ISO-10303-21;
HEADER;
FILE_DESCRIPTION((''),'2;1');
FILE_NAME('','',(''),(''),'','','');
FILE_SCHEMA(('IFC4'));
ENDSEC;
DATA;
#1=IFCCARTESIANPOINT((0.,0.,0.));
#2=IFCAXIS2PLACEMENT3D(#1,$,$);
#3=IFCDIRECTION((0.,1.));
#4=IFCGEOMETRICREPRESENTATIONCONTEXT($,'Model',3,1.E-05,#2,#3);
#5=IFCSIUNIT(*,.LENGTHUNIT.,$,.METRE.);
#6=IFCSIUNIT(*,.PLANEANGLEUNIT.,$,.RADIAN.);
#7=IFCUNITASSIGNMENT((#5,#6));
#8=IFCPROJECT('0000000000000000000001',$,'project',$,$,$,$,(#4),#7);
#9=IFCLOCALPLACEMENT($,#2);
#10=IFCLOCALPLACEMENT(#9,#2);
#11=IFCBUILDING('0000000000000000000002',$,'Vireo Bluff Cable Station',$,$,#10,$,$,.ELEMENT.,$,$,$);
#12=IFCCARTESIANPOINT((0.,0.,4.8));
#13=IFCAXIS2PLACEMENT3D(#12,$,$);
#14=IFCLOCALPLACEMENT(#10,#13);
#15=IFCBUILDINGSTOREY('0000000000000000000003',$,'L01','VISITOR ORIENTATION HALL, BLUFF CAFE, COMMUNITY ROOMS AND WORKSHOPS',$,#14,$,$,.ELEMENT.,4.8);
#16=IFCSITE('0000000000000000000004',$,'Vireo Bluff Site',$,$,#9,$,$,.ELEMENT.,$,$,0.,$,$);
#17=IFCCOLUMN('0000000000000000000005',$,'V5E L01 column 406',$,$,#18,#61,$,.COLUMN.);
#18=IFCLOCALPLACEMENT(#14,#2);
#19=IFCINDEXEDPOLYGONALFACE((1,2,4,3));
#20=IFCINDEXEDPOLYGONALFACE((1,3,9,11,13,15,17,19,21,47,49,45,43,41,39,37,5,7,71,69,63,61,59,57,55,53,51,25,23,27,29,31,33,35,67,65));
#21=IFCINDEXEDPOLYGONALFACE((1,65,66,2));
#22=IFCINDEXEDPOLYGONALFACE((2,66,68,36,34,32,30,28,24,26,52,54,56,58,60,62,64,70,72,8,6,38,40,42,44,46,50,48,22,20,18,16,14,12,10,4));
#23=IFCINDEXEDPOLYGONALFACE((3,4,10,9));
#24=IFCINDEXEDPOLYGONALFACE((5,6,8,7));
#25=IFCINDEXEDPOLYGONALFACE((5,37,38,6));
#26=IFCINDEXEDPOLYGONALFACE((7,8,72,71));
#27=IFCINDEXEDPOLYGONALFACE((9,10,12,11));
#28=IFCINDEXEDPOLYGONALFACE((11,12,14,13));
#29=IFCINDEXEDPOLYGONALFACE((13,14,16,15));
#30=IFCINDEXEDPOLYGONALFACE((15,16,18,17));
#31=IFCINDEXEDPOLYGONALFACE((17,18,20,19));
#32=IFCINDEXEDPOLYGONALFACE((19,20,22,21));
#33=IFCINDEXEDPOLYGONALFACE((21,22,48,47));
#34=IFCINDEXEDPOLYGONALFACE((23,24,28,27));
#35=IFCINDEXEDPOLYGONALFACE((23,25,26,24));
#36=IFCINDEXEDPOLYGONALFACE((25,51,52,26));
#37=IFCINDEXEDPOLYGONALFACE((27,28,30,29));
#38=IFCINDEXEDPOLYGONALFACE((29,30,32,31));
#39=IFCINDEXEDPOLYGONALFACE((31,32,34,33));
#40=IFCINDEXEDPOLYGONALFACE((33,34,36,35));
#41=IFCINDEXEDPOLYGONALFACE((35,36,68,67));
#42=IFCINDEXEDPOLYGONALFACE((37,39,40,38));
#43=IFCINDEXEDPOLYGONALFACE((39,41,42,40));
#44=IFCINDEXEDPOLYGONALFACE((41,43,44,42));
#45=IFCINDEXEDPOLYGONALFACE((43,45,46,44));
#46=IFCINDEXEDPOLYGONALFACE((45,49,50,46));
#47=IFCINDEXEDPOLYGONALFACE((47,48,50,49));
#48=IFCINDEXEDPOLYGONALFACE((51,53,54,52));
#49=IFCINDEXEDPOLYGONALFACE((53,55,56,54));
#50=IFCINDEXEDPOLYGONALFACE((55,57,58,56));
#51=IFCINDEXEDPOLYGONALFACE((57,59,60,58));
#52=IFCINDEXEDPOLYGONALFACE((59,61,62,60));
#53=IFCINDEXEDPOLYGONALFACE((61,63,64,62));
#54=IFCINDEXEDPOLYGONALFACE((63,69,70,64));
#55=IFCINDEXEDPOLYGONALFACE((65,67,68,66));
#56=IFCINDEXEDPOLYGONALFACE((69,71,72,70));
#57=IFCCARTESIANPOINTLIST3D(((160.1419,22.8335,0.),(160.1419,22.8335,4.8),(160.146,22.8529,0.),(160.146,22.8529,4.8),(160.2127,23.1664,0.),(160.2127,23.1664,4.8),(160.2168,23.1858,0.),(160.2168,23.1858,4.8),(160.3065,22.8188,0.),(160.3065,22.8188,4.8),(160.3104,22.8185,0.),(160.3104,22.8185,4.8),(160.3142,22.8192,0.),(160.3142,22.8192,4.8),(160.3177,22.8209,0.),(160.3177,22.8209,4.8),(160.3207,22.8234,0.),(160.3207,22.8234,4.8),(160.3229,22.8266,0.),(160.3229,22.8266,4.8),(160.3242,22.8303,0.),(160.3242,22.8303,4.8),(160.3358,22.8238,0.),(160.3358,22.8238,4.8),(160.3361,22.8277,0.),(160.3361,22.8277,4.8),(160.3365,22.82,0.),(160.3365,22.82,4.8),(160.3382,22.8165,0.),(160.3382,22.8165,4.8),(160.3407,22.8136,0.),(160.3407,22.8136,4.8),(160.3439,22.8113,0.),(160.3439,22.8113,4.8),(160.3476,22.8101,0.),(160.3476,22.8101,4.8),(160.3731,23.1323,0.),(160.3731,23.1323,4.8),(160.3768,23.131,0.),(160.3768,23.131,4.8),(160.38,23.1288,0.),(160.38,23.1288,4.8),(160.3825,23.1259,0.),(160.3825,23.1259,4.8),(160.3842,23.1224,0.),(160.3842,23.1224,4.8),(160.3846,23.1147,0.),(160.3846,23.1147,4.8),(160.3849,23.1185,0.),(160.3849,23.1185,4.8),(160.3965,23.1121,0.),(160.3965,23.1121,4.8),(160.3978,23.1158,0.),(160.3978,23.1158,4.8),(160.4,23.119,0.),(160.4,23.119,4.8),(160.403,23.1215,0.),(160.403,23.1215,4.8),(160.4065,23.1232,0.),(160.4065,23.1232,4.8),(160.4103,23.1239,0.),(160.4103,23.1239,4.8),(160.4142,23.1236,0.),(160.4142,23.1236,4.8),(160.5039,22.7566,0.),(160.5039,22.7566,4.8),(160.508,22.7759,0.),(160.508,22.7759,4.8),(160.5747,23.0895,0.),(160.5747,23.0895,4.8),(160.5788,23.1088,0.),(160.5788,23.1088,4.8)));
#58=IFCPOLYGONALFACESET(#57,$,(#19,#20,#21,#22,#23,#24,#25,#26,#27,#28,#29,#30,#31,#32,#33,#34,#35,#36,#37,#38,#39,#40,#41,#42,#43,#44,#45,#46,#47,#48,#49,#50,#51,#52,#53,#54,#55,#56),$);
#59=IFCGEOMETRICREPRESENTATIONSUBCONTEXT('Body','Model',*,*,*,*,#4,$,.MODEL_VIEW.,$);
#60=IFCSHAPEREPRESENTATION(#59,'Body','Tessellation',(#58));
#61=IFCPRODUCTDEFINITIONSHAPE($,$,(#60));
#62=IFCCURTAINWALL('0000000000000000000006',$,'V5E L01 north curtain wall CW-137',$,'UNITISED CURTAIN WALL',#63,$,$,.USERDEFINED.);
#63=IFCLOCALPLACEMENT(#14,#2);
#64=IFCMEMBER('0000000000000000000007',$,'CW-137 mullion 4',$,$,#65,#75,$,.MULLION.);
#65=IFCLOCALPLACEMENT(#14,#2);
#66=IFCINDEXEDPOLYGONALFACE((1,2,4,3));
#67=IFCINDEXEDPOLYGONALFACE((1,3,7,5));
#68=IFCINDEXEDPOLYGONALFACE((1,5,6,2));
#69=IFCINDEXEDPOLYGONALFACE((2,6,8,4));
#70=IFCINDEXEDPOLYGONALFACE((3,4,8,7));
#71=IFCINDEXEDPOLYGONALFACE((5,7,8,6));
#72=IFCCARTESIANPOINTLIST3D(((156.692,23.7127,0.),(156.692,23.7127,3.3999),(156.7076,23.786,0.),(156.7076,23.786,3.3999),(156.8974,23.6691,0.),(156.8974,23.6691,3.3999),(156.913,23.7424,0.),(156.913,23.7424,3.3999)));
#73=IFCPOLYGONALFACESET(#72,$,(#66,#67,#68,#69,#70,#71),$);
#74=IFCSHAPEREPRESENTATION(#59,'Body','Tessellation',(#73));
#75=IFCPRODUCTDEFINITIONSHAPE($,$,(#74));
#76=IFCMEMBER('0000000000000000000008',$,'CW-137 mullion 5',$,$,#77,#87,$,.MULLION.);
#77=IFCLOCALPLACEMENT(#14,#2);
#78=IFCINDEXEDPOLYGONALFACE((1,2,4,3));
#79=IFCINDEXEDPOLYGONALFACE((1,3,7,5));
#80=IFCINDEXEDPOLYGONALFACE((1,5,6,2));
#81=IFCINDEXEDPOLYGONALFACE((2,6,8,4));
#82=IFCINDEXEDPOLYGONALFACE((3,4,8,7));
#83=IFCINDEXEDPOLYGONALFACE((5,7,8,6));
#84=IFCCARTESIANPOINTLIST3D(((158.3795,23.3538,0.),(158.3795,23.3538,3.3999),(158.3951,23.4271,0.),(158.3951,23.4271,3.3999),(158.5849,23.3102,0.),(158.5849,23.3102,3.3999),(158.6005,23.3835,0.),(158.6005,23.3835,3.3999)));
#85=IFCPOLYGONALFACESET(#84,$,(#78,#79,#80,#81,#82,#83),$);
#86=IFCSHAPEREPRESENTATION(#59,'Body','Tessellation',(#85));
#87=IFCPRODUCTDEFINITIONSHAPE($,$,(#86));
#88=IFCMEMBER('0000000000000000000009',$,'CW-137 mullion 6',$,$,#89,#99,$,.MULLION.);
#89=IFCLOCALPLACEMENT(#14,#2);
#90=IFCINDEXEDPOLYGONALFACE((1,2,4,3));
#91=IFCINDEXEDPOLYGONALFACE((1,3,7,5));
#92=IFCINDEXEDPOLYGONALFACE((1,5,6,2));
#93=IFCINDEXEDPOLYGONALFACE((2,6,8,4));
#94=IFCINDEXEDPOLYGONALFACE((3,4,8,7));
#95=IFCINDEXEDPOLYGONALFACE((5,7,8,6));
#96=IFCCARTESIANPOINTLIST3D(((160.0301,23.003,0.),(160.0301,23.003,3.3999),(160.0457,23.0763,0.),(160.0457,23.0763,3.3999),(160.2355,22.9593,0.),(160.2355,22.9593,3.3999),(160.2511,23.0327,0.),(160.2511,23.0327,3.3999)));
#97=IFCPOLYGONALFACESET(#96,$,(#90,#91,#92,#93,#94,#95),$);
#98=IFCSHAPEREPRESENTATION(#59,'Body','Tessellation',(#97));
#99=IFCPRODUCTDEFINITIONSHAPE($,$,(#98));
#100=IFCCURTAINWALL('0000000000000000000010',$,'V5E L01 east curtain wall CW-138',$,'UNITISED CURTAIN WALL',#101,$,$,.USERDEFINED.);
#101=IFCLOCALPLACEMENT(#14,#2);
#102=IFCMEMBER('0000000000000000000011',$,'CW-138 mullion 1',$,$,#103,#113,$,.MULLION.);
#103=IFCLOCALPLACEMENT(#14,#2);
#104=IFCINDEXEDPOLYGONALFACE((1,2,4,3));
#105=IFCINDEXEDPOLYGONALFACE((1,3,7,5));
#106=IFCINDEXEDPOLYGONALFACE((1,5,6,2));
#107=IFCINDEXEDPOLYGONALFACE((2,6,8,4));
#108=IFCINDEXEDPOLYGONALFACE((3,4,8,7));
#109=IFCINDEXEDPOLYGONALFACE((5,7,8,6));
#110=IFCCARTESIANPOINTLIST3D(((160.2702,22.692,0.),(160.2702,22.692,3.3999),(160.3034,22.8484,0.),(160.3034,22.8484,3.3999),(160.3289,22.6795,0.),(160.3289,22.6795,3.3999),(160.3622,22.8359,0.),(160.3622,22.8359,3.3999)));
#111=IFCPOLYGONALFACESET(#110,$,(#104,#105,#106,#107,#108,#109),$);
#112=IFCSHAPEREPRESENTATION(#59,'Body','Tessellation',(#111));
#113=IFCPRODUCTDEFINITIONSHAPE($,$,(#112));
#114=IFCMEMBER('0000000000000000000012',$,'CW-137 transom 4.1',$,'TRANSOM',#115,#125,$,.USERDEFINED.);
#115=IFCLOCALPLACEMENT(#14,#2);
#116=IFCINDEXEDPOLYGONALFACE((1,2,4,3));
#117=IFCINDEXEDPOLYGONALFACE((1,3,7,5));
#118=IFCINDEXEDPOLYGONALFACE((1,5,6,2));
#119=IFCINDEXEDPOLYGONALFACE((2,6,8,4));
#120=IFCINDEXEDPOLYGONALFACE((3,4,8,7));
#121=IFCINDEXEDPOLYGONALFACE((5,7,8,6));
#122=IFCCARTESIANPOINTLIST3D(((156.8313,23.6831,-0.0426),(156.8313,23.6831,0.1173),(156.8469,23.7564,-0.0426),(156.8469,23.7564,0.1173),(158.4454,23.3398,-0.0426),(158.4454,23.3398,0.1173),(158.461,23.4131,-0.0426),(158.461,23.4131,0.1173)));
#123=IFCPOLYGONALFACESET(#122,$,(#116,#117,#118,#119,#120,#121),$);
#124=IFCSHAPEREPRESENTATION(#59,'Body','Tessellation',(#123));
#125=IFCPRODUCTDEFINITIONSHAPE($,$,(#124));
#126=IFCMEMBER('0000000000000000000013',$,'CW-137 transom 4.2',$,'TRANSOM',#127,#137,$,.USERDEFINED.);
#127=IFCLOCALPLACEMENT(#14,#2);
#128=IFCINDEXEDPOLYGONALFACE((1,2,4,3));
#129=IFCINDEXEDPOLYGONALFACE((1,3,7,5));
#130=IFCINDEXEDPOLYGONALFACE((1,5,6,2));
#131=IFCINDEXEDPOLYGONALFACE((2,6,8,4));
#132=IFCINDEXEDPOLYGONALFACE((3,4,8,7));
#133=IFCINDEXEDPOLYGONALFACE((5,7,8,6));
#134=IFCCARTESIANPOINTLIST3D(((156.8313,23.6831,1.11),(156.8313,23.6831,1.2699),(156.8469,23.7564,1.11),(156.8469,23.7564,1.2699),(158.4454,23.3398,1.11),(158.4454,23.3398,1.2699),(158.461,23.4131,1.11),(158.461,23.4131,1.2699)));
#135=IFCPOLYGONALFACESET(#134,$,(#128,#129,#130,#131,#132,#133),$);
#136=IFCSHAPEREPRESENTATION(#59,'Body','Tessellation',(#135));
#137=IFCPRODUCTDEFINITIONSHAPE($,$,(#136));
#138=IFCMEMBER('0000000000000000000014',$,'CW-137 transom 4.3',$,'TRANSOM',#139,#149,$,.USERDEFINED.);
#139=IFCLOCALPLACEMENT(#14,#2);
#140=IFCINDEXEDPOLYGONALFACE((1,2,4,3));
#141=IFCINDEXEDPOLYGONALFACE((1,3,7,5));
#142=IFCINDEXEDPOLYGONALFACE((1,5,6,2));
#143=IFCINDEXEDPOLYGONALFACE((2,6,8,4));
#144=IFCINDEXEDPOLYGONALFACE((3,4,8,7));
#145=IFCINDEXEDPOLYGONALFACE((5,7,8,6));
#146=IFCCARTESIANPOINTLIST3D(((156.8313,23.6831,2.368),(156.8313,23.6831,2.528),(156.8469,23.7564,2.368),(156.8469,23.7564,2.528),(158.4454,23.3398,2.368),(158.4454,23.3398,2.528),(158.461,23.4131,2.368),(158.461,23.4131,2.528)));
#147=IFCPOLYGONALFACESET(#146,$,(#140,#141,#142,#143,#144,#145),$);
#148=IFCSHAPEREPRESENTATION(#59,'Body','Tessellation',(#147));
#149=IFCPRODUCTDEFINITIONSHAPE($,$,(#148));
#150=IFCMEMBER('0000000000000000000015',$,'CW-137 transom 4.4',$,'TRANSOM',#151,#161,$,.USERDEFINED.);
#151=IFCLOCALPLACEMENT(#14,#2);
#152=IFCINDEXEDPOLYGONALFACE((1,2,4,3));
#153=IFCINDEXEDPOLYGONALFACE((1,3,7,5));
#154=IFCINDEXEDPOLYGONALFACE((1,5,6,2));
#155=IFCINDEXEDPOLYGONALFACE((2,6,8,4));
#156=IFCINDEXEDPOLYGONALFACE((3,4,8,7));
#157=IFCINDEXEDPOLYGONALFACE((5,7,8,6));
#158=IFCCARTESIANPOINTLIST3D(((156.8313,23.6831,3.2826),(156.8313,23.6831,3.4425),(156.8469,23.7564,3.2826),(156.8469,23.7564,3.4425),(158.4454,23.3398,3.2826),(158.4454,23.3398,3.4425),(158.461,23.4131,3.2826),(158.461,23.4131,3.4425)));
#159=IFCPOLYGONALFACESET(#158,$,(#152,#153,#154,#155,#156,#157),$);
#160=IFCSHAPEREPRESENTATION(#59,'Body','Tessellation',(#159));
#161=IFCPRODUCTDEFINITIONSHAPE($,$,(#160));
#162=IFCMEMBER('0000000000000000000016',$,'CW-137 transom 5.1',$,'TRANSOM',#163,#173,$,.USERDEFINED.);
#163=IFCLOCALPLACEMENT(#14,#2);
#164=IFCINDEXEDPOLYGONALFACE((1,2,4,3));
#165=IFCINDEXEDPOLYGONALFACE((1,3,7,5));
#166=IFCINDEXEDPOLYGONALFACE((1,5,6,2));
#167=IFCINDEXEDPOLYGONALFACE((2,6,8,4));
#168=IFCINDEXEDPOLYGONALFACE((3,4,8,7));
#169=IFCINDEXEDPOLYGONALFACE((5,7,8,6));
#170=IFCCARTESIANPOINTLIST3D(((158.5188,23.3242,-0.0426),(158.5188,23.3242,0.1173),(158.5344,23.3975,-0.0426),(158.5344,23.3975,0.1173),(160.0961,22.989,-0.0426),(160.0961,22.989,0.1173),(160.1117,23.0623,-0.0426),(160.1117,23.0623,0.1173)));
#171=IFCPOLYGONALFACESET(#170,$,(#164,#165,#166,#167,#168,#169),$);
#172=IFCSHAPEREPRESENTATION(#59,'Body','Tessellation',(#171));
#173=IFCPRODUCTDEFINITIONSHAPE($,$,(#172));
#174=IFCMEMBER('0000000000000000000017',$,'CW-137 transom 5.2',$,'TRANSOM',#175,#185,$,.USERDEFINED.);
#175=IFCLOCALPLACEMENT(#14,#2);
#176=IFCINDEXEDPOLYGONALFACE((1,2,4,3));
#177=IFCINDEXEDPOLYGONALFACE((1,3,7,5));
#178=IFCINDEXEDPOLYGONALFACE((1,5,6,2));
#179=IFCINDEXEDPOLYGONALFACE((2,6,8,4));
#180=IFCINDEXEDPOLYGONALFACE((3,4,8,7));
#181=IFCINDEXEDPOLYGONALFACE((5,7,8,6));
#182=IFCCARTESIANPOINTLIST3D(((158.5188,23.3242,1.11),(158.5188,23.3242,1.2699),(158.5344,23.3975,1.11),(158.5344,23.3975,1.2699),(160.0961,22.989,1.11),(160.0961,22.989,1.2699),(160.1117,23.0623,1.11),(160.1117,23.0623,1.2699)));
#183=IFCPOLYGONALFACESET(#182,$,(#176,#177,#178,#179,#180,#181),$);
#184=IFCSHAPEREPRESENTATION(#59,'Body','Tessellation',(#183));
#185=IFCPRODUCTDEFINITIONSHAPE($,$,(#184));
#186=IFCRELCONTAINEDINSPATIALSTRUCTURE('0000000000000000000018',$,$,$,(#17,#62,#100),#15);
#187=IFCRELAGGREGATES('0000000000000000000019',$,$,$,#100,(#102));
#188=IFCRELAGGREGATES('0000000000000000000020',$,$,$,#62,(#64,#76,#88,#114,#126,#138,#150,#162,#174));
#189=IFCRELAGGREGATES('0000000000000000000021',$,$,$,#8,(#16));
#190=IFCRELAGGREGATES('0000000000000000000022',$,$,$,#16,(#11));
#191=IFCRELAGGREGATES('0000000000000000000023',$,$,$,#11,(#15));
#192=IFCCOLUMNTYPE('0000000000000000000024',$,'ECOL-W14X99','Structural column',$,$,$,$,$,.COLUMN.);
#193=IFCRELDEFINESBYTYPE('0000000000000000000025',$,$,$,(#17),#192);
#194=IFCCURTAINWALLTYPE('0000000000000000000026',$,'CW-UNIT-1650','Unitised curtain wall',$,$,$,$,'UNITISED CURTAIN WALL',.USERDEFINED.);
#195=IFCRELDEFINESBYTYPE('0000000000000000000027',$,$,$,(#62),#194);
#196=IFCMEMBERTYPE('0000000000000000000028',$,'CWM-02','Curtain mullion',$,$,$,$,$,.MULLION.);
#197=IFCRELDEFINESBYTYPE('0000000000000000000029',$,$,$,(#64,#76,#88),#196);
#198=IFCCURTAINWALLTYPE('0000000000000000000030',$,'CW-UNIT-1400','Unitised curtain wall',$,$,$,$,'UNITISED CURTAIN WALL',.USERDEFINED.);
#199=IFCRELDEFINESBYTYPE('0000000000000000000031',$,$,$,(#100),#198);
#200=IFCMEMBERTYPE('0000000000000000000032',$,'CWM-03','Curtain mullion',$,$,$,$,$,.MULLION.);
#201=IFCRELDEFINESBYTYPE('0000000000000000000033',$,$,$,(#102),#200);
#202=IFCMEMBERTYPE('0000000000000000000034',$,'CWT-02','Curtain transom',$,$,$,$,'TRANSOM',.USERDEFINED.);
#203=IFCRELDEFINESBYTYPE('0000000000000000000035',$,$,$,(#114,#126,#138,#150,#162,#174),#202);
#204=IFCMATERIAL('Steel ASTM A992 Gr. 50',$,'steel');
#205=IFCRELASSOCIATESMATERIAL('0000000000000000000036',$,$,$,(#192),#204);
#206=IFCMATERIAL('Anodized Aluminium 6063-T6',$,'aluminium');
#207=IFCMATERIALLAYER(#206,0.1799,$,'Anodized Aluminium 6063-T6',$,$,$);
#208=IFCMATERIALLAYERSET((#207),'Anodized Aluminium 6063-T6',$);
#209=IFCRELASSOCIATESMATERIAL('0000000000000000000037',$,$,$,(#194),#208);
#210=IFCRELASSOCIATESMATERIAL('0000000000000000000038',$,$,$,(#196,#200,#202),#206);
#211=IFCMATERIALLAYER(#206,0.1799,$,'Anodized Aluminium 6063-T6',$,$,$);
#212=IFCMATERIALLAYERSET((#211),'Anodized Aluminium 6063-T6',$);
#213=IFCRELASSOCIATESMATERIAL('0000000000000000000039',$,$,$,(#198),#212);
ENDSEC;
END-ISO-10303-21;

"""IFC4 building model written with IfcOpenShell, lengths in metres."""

from ifc_helpers import new_model, si_unit, direction, frame, origin, origin_2d, place, context, subcontext, project, spatial, rectangle, i_section, extrude, material, layer, layer_set, material_profile, profile_set, type_object, element, aggregate, save


model = new_model("IFC4")

# Units and contexts
model_context = context("Model", 3, precision=1e-05, world=origin(), true_north=direction((0.0, 1.0)))
body_context = subcontext(model_context, "Body", "Model", "MODEL_VIEW")
ifc_project = project(units=[si_unit("LENGTHUNIT", "METRE"), si_unit("PLANEANGLEUNIT", "RADIAN")], contexts=[model_context])

# Site, building, storey
site_placement = place(None, origin())
site = spatial("IfcSite", under=ifc_project, at=site_placement, Name="Vireo Bluff Site", CompositionType="ELEMENT", RefElevation=0.0)
building_placement = place(site_placement, origin())
building = spatial("IfcBuilding", under=site, at=building_placement, Name="Vireo Bluff Cable Station", CompositionType="ELEMENT")
storey_placement = place(building_placement, frame((0.0, 0.0, 4.8)))
storey = spatial("IfcBuildingStorey", under=building, at=storey_placement, Name="L01", Description="VISITOR ORIENTATION HALL, BLUFF CAFE, COMMUNITY ROOMS AND WORKSHOPS", CompositionType="ELEMENT", Elevation=4.8)

# Column
ifc_material_1 = material(Name="Steel ASTM A992 Gr. 50", Category="steel")
ifc_material_profile_1 = material_profile(ifc_material_1, i_section(OverallWidth=0.3701, OverallDepth=0.3601, WebThickness=0.0122, FlangeThickness=0.0198, FilletRadius=0.0149, at=origin_2d()), Name="W14X99")
ifc_profile_set_1 = profile_set([ifc_material_profile_1], Name="Steel ASTM A992 Gr. 50")
column_type = type_object("IfcColumnType", Name="ECOL-W14X99", Description="Structural column", PredefinedType="COLUMN", material=ifc_profile_set_1)
column_placement = place(storey_placement, frame((160.3604, 22.9712, 0.0), z_axis=(0.0, 0.0, 1.0), x_axis=(0.978148, -0.207912, 0.0)))
element("IfcColumn", 1, at=column_placement, inside=storey, type_object=column_type, Name="V5E L01 column 406", PredefinedType="COLUMN", context=body_context, shape_type="SweptSolid", body=[
    extrude(i_section(OverallWidth=0.3701, OverallDepth=0.3601, WebThickness=0.0122, FlangeThickness=0.0198, FilletRadius=0.0149, at=origin_2d()), origin(), (0.0, 0.0, 1.0), 4.8),
])

# Curtain wall, members
ifc_material_2 = material(Name="Anodized Aluminium 6063-T6", Category="aluminium")
ifc_layer_1 = layer(ifc_material_2, 0.1799, Name="Anodized Aluminium 6063-T6")
ifc_layer_set_1 = layer_set([ifc_layer_1], Name="Anodized Aluminium 6063-T6")
curtain_wall_type_1 = type_object("IfcCurtainWallType", Name="CW-UNIT-1650", Description="Unitised curtain wall", ElementType="UNITISED CURTAIN WALL", PredefinedType="USERDEFINED", material=ifc_layer_set_1)
curtain_wall_1_placement = place(storey_placement, origin())
curtain_wall_1 = element("IfcCurtainWall", 2, at=curtain_wall_1_placement, inside=storey, type_object=curtain_wall_type_1, Name="V5E L01 north curtain wall CW-137", ObjectType="UNITISED CURTAIN WALL", PredefinedType="USERDEFINED")
ifc_material_profile_2 = material_profile(ifc_material_2, rectangle(XDim=0.075, YDim=0.21, at=origin_2d()), Name="ALU-M-75X210")
ifc_profile_set_2 = profile_set([ifc_material_profile_2], Name="Anodized Aluminium 6063-T6")
member_type_1 = type_object("IfcMemberType", Name="CWM-02", Description="Curtain mullion", PredefinedType="MULLION", material=ifc_profile_set_2)
member_1_placement = place(storey_placement, frame((156.8025, 23.7275, 0.0), z_axis=(0.0, 0.0, 1.0), x_axis=(0.207912, 0.978148, 0.0)))
member_1 = element("IfcMember", 3, at=member_1_placement, type_object=member_type_1, Name="CW-137 mullion 4", PredefinedType="MULLION", context=body_context, shape_type="SweptSolid", body=[
    extrude(rectangle(XDim=0.075, YDim=0.21, at=origin_2d()), origin(), (0.0, 0.0, 1.0), 3.3999),
])
member_2_placement = place(storey_placement, frame((158.49, 23.3687, 0.0), z_axis=(0.0, 0.0, 1.0), x_axis=(0.207912, 0.978148, 0.0)))
member_2 = element("IfcMember", 4, at=member_2_placement, type_object=member_type_1, Name="CW-137 mullion 5", PredefinedType="MULLION", context=body_context, shape_type="SweptSolid", body=[
    extrude(rectangle(XDim=0.075, YDim=0.21, at=origin_2d()), origin(), (0.0, 0.0, 1.0), 3.3999),
])
member_3_placement = place(storey_placement, frame((160.1406, 23.0178, 0.0), z_axis=(0.0, 0.0, 1.0), x_axis=(0.207912, 0.978148, 0.0)))
member_3 = element("IfcMember", 5, at=member_3_placement, type_object=member_type_1, Name="CW-137 mullion 6", PredefinedType="MULLION", context=body_context, shape_type="SweptSolid", body=[
    extrude(rectangle(XDim=0.075, YDim=0.21, at=origin_2d()), origin(), (0.0, 0.0, 1.0), 3.3999),
])

# Curtain wall, member
ifc_layer_2 = layer(ifc_material_2, 0.1799, Name="Anodized Aluminium 6063-T6")
ifc_layer_set_2 = layer_set([ifc_layer_2], Name="Anodized Aluminium 6063-T6")
curtain_wall_type_2 = type_object("IfcCurtainWallType", Name="CW-UNIT-1400", Description="Unitised curtain wall", ElementType="UNITISED CURTAIN WALL", PredefinedType="USERDEFINED", material=ifc_layer_set_2)
curtain_wall_2_placement = place(storey_placement, origin())
curtain_wall_2 = element("IfcCurtainWall", 6, at=curtain_wall_2_placement, inside=storey, type_object=curtain_wall_type_2, Name="V5E L01 east curtain wall CW-138", ObjectType="UNITISED CURTAIN WALL", PredefinedType="USERDEFINED")
ifc_material_profile_3 = material_profile(ifc_material_2, rectangle(XDim=0.0601, YDim=0.1599, at=origin_2d()), Name="ALU-M-60X160")
ifc_profile_set_3 = profile_set([ifc_material_profile_3], Name="Anodized Aluminium 6063-T6")
member_type_2 = type_object("IfcMemberType", Name="CWM-03", Description="Curtain mullion", PredefinedType="MULLION", material=ifc_profile_set_3)
member_4_placement = place(storey_placement, frame((160.3162, 22.7639, 0.0), z_axis=(0.0, 0.0, 1.0), x_axis=(0.978148, -0.207912, 0.0)))
member_4 = element("IfcMember", 7, at=member_4_placement, type_object=member_type_2, Name="CW-138 mullion 1", PredefinedType="MULLION", context=body_context, shape_type="SweptSolid", body=[
    extrude(rectangle(XDim=0.0601, YDim=0.1599, at=origin_2d()), origin(), (0.0, 0.0, 1.0), 3.3999),
])

# Members
ifc_material_profile_4 = material_profile(ifc_material_2, rectangle(XDim=0.075, YDim=0.1599, at=origin_2d()), Name="ALU-T-75X160")
ifc_profile_set_4 = profile_set([ifc_material_profile_4], Name="Anodized Aluminium 6063-T6")
member_type_3 = type_object("IfcMemberType", Name="CWT-02", Description="Curtain transom", ElementType="TRANSOM", PredefinedType="USERDEFINED", material=ifc_profile_set_4)
member_5_placement = place(storey_placement, frame((156.8391, 23.7197, 0.0374), z_axis=(0.978124, -0.208023, 0.0), x_axis=(0.208023, 0.978124, 0.0)))
member_5 = element("IfcMember", 8, at=member_5_placement, type_object=member_type_3, Name="CW-137 transom 4.1", ObjectType="TRANSOM", PredefinedType="USERDEFINED", context=body_context, shape_type="SweptSolid", body=[
    extrude(rectangle(XDim=0.075, YDim=0.1599, at=origin_2d()), origin(), (0.0, 0.0, 1.0), 1.6501),
])
member_6_placement = place(storey_placement, frame((156.8391, 23.7197, 1.1899), z_axis=(0.978124, -0.208023, 0.0), x_axis=(0.208023, 0.978124, 0.0)))
member_6 = element("IfcMember", 9, at=member_6_placement, type_object=member_type_3, Name="CW-137 transom 4.2", ObjectType="TRANSOM", PredefinedType="USERDEFINED", context=body_context, shape_type="SweptSolid", body=[
    extrude(rectangle(XDim=0.075, YDim=0.1599, at=origin_2d()), origin(), (0.0, 0.0, 1.0), 1.6501),
])
member_7_placement = place(storey_placement, frame((156.8391, 23.7197, 2.448), z_axis=(0.978124, -0.208023, 0.0), x_axis=(0.208023, 0.978124, 0.0)))
member_7 = element("IfcMember", 10, at=member_7_placement, type_object=member_type_3, Name="CW-137 transom 4.3", ObjectType="TRANSOM", PredefinedType="USERDEFINED", context=body_context, shape_type="SweptSolid", body=[
    extrude(rectangle(XDim=0.075, YDim=0.1599, at=origin_2d()), origin(), (0.0, 0.0, 1.0), 1.6501),
])
member_8_placement = place(storey_placement, frame((156.8391, 23.7197, 3.3625), z_axis=(0.978124, -0.208023, 0.0), x_axis=(0.208023, 0.978124, 0.0)))
member_8 = element("IfcMember", 11, at=member_8_placement, type_object=member_type_3, Name="CW-137 transom 4.4", ObjectType="TRANSOM", PredefinedType="USERDEFINED", context=body_context, shape_type="SweptSolid", body=[
    extrude(rectangle(XDim=0.075, YDim=0.1599, at=origin_2d()), origin(), (0.0, 0.0, 1.0), 1.6501),
])
member_9_placement = place(storey_placement, frame((158.5266, 23.3608, 0.0374), z_axis=(0.978158, -0.207864, 0.0), x_axis=(0.207864, 0.978158, 0.0)))
member_9 = element("IfcMember", 12, at=member_9_placement, type_object=member_type_3, Name="CW-137 transom 5.1", ObjectType="TRANSOM", PredefinedType="USERDEFINED", context=body_context, shape_type="SweptSolid", body=[
    extrude(rectangle(XDim=0.075, YDim=0.1599, at=origin_2d()), origin(), (0.0, 0.0, 1.0), 1.6125),
])
member_10_placement = place(storey_placement, frame((158.5266, 23.3608, 1.1899), z_axis=(0.978158, -0.207864, 0.0), x_axis=(0.207864, 0.978158, 0.0)))
member_10 = element("IfcMember", 13, at=member_10_placement, type_object=member_type_3, Name="CW-137 transom 5.2", ObjectType="TRANSOM", PredefinedType="USERDEFINED", context=body_context, shape_type="SweptSolid", body=[
    extrude(rectangle(XDim=0.075, YDim=0.1599, at=origin_2d()), origin(), (0.0, 0.0, 1.0), 1.6125),
])
aggregate(curtain_wall_2, [member_4])

aggregate(curtain_wall_1, [member_1, member_2, member_3, member_5, member_6, member_7, member_8, member_9, member_10])

save(model, "model.ifc")
